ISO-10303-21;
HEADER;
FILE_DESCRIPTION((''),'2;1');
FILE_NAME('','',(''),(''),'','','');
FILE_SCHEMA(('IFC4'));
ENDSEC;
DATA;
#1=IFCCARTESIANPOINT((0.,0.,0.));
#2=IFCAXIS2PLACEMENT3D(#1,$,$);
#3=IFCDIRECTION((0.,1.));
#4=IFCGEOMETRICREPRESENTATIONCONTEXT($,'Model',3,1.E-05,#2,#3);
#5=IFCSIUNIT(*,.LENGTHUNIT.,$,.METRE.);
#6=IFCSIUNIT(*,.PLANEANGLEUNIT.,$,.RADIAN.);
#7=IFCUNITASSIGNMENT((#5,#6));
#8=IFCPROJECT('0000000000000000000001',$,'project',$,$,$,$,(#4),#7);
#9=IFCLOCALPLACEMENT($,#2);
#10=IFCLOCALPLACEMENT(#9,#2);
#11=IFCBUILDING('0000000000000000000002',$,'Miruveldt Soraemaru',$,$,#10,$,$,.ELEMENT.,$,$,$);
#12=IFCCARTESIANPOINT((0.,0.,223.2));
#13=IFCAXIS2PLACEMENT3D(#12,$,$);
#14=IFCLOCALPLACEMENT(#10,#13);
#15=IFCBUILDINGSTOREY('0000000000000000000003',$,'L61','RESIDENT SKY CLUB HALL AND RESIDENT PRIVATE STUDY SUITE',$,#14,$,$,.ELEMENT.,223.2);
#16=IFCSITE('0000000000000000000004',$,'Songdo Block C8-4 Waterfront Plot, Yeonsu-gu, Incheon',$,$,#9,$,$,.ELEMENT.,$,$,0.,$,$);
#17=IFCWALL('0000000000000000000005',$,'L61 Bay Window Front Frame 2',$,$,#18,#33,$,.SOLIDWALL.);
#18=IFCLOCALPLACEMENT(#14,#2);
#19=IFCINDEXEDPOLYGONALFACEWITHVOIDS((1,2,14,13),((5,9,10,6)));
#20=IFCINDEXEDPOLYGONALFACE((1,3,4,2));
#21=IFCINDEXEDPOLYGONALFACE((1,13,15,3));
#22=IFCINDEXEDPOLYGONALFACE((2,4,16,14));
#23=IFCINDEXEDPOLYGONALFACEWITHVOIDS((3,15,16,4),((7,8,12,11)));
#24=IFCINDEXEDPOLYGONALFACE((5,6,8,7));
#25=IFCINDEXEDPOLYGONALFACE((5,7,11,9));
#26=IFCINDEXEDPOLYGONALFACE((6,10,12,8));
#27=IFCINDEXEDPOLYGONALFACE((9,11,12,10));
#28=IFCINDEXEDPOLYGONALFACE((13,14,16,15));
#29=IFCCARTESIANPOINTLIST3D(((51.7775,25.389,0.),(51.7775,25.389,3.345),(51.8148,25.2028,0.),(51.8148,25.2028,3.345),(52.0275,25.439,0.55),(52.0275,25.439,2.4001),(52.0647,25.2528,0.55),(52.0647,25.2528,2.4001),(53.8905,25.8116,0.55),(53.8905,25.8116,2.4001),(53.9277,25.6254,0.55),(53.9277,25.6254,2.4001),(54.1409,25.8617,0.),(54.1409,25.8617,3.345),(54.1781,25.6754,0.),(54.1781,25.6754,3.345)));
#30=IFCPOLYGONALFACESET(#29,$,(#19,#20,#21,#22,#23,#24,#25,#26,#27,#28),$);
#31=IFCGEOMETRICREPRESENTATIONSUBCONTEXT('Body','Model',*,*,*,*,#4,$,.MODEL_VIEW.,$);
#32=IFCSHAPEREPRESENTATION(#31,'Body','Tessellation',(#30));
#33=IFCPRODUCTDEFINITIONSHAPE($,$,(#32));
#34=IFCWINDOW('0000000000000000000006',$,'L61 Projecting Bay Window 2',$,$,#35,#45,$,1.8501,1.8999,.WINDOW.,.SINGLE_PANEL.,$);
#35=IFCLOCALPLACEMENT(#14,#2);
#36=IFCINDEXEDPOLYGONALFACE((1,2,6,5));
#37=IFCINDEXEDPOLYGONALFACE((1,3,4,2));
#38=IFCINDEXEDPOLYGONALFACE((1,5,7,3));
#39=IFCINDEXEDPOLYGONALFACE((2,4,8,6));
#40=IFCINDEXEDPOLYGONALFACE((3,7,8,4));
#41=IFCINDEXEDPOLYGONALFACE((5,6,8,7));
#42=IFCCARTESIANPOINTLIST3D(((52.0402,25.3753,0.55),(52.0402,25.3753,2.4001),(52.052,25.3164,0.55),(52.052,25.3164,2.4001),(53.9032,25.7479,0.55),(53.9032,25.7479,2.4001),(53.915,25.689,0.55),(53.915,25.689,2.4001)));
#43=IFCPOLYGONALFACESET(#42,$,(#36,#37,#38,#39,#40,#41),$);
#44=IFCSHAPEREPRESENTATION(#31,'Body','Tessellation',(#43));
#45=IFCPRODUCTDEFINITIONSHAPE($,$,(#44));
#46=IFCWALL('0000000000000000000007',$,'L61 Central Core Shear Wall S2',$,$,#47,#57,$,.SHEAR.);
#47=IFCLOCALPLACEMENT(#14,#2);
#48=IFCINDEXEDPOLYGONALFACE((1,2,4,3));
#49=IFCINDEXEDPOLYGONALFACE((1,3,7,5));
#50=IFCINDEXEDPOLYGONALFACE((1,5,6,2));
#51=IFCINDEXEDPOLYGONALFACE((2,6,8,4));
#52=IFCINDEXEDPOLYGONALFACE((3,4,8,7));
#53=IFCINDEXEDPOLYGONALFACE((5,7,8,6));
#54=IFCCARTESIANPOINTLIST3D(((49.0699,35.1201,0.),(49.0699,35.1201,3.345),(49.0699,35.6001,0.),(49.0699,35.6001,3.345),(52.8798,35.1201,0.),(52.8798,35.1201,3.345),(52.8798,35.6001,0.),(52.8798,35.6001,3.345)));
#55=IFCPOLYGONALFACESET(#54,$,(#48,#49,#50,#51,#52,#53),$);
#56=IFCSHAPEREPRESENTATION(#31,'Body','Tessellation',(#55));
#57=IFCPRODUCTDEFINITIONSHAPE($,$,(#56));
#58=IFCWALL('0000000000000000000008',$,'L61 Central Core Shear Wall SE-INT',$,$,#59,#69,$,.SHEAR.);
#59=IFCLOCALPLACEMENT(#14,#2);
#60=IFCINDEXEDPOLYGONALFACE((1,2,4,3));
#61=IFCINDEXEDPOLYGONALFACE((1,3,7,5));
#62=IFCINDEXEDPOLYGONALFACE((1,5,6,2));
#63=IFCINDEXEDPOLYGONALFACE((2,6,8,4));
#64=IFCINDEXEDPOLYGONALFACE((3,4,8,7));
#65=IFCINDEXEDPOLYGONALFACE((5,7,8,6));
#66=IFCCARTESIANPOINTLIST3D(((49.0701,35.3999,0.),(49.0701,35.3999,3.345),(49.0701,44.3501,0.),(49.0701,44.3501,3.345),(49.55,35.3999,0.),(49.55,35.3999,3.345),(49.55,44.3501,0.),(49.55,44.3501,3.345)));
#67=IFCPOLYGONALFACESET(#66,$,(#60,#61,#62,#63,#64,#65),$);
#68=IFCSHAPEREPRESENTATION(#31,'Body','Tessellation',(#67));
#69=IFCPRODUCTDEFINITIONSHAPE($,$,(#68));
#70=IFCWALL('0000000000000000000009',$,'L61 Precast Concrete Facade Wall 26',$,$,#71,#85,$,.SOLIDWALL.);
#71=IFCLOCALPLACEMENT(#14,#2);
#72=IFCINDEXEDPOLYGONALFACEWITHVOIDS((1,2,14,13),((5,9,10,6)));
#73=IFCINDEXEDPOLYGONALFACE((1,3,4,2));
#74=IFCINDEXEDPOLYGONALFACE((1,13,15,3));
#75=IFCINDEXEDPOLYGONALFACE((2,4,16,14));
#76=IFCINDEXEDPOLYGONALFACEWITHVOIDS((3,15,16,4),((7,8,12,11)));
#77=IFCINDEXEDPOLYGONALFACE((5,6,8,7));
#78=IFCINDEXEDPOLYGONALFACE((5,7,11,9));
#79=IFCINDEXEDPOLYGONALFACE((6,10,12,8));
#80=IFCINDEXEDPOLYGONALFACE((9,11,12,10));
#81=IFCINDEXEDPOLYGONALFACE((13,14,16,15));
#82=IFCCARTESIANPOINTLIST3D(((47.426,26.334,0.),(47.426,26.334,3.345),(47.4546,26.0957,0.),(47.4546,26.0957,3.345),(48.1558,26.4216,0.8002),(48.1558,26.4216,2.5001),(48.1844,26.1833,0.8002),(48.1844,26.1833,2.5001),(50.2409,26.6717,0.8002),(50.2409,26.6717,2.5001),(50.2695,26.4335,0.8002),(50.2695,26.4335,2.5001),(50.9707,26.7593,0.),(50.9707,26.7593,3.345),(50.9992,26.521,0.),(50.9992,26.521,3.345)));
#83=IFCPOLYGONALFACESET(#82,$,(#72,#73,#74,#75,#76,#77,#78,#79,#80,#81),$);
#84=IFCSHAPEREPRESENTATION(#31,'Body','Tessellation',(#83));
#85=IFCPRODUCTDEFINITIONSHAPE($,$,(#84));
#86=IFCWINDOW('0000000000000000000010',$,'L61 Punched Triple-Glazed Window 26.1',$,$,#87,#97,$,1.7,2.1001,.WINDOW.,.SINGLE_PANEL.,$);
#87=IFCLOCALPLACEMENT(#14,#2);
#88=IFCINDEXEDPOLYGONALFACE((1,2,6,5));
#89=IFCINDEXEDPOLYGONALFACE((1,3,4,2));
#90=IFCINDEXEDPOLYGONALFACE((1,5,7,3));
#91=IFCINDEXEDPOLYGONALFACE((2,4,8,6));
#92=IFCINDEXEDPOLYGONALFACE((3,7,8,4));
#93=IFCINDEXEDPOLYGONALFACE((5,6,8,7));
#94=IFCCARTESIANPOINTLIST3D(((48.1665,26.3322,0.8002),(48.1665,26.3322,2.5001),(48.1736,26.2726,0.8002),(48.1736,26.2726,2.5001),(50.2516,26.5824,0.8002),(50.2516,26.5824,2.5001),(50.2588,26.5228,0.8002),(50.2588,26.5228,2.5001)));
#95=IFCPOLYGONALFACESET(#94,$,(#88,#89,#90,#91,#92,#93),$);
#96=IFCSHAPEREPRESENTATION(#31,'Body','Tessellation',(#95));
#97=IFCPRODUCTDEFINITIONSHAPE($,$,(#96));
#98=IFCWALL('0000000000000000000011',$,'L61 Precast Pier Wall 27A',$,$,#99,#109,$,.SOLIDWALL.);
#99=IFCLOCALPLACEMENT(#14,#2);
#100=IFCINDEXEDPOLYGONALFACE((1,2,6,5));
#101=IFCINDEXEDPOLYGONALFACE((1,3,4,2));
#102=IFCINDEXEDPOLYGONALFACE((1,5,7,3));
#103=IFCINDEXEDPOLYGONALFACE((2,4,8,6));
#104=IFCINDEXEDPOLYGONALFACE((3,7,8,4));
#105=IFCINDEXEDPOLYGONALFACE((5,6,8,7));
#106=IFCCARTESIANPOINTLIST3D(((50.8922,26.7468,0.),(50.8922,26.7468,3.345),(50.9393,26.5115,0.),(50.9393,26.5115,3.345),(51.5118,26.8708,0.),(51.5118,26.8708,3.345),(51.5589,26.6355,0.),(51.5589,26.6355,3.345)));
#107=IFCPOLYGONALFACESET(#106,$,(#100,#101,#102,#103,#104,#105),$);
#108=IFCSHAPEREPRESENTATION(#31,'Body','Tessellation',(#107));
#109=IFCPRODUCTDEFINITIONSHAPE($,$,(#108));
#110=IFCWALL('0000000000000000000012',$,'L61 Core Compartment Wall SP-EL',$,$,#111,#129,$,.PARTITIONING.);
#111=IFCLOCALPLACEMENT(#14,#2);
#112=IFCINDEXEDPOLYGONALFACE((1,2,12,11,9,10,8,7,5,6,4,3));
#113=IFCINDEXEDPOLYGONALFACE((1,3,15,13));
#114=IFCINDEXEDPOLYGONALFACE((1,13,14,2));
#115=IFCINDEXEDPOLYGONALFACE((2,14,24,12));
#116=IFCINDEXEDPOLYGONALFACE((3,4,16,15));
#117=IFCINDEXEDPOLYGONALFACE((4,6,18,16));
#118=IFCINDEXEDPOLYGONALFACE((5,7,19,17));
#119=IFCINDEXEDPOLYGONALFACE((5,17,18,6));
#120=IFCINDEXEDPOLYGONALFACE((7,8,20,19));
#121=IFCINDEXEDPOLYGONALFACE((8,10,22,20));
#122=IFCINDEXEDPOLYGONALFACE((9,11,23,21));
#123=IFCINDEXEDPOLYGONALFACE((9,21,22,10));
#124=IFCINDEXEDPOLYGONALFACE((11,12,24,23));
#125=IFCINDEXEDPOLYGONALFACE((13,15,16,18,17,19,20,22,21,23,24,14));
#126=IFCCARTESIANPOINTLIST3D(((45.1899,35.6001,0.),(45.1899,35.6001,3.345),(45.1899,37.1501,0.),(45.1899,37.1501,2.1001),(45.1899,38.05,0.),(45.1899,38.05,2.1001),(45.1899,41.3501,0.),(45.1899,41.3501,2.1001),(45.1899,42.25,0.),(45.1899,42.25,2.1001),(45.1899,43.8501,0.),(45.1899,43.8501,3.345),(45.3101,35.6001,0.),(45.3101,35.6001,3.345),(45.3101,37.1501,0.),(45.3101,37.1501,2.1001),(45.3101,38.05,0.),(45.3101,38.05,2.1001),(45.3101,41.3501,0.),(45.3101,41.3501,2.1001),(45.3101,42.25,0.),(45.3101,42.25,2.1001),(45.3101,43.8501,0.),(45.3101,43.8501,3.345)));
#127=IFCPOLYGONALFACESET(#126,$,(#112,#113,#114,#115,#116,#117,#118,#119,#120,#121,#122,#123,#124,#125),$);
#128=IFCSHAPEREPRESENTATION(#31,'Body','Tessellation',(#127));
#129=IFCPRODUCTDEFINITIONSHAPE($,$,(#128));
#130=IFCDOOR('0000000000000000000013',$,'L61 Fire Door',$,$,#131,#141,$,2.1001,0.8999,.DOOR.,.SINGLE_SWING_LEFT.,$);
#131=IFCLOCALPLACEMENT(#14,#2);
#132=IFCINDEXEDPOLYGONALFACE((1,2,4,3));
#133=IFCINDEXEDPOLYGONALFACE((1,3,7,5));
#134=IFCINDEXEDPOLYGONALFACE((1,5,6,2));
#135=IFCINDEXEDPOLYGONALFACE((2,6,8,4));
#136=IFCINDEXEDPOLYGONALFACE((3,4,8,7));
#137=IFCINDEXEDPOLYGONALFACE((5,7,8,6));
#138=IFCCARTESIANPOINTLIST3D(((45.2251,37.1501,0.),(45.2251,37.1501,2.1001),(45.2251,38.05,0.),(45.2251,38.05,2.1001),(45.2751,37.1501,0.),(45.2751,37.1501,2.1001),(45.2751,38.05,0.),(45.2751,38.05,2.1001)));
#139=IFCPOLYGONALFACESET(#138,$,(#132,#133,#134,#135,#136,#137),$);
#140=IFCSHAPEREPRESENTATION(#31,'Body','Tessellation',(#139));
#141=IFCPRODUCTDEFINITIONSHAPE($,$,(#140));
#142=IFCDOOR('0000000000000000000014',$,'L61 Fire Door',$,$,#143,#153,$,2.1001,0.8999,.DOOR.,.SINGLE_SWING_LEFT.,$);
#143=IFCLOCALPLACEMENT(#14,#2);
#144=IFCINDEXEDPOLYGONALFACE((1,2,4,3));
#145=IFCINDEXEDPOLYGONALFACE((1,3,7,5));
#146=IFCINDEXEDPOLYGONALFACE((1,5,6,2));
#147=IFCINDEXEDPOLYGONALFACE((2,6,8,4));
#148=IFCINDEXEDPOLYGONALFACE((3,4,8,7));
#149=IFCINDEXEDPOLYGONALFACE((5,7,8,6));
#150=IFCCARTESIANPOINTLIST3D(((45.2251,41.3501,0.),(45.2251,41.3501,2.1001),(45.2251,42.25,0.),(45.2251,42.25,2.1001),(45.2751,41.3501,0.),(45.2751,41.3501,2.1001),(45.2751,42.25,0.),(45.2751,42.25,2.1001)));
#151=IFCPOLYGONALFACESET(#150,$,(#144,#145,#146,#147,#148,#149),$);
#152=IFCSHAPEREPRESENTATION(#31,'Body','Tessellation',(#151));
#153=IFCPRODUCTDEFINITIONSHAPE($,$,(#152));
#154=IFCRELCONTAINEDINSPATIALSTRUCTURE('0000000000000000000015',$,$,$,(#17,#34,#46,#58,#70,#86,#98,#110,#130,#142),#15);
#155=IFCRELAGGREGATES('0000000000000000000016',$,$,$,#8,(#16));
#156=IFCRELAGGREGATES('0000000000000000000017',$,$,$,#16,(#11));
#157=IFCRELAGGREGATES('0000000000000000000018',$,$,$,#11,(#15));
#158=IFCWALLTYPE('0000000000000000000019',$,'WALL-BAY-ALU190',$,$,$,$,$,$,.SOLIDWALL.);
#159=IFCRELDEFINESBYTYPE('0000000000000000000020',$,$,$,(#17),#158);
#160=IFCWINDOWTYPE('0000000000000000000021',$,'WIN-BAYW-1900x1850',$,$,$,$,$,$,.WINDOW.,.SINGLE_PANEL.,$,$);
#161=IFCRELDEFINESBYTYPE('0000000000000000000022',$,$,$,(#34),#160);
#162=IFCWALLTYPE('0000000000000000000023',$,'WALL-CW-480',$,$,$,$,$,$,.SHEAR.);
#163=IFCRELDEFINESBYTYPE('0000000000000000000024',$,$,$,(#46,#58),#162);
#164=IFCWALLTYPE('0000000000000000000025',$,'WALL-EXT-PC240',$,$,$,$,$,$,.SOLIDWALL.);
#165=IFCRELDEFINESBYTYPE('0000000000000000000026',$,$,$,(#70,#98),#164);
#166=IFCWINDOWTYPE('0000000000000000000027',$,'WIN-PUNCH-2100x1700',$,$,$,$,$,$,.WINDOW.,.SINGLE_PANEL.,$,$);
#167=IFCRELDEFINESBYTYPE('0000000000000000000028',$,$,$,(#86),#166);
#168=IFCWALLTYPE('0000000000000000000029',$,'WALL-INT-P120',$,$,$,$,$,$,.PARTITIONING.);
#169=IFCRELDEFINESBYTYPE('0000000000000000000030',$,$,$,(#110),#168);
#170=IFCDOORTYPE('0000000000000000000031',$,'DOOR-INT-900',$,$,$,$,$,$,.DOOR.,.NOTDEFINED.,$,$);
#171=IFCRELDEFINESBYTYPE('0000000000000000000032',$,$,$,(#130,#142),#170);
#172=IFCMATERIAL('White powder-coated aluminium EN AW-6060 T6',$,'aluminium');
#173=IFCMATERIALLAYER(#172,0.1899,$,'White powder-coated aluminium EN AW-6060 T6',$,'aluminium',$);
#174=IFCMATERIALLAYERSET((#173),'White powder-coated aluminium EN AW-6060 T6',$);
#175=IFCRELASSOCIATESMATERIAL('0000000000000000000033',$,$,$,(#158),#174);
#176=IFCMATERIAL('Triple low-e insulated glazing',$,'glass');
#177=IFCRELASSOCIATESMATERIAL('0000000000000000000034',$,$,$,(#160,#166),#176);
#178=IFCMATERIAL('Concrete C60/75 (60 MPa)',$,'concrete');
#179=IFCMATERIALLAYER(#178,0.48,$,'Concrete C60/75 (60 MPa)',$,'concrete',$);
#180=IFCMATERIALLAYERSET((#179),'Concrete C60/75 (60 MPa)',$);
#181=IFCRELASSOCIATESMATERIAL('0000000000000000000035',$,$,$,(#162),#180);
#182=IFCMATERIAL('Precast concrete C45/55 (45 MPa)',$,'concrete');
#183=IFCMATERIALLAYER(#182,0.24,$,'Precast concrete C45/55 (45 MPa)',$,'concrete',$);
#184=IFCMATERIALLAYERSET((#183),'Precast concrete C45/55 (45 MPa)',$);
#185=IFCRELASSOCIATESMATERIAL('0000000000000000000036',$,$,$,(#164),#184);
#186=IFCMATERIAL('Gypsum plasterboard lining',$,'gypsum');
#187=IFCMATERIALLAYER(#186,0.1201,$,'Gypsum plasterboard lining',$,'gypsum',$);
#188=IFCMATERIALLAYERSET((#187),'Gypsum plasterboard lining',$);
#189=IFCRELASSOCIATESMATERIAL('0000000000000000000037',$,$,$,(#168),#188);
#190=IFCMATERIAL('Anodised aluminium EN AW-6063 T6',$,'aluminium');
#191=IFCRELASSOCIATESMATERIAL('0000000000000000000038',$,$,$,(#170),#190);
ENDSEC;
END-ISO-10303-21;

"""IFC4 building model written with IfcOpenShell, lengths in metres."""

from ifc_helpers import new_model, si_unit, direction, frame, frame_2d, origin, place, context, subcontext, project, spatial, rectangle, extrude, material, layer, layer_set, type_object, element, fill, save


model = new_model("IFC4")

# Units and contexts
model_context = context("Model", 3, precision=1e-05, world=origin(), true_north=direction((0.0, 1.0)))
body_context = subcontext(model_context, "Body", "Model", "MODEL_VIEW")
ifc_project = project(units=[si_unit("LENGTHUNIT", "METRE"), si_unit("PLANEANGLEUNIT", "RADIAN")], contexts=[model_context])

# Site, building, storey
site_placement = place(None, origin())
site = spatial("IfcSite", under=ifc_project, at=site_placement, Name="Songdo Block C8-4 Waterfront Plot, Yeonsu-gu, Incheon", CompositionType="ELEMENT", RefElevation=0.0)
building_placement = place(site_placement, origin())
building = spatial("IfcBuilding", under=site, at=building_placement, Name="Miruveldt Soraemaru", CompositionType="ELEMENT")
storey_placement = place(building_placement, frame((0.0, 0.0, 223.2)))
storey = spatial("IfcBuildingStorey", under=building, at=storey_placement, Name="L61", Description="RESIDENT SKY CLUB HALL AND RESIDENT PRIVATE STUDY SUITE", CompositionType="ELEMENT", Elevation=223.2)

# Shared definitions
ifc_material_1 = material(Name="White powder-coated aluminium EN AW-6060 T6", Category="aluminium")
ifc_layer_1 = layer(ifc_material_1, 0.1899, Name="White powder-coated aluminium EN AW-6060 T6", Category="aluminium")
ifc_layer_set_1 = layer_set([ifc_layer_1], Name="White powder-coated aluminium EN AW-6060 T6")
wall_type_1 = type_object("IfcWallType", Name="WALL-BAY-ALU190", PredefinedType="SOLIDWALL", material=ifc_layer_set_1)

# Wall, opening, window
wall_1_placement = place(storey_placement, frame((51.7961, 25.2959, 0.0), z_axis=(0.0, 0.0, 1.0), x_axis=(0.980581, 0.196116, 0.0)))
wall_1 = element("IfcWall", 1, at=wall_1_placement, inside=storey, type_object=wall_type_1, Name="L61 Bay Window Front Frame 2", PredefinedType="SOLIDWALL", context=body_context, shape_type="SweptSolid", body=[
    extrude(rectangle(XDim=2.4102, YDim=0.1899, at=frame_2d((1.2051, 0.0))), origin(), (0.0, 0.0, 1.0), 3.345),
])
opening_1_placement = place(wall_1_placement, frame((0.2549, 0.0, 0.55)))
opening_1 = element("IfcOpeningElement", 2, at=opening_1_placement, cuts=wall_1, PredefinedType="OPENING", context=body_context, shape_type="SweptSolid", body=[
    extrude(rectangle(XDim=1.8999, YDim=1.8501, at=frame_2d((0.95, 0.925))), frame((0.0, 0.105, 0.0), z_axis=(0.0, -1.0, 0.0), x_axis=(1.0, 0.0, 0.0)), (0.0, 0.0, 1.0), 0.21),
])
ifc_material_2 = material(Name="Triple low-e insulated glazing", Category="glass")
window_type_1 = type_object("IfcWindowType", Name="WIN-BAYW-1900x1850", PartitioningType="SINGLE_PANEL", PredefinedType="WINDOW", material=ifc_material_2)
window_1_placement = place(opening_1_placement, origin())
window_1 = element("IfcWindow", 3, at=window_1_placement, inside=storey, type_object=window_type_1, Name="L61 Projecting Bay Window 2", OverallHeight=1.8501, OverallWidth=1.8999, PartitioningType="SINGLE_PANEL", PredefinedType="WINDOW", context=body_context, shape_type="SweptSolid", body=[
    extrude(rectangle(XDim=1.8999, YDim=1.8501, at=frame_2d((0.95, 0.925))), frame((0.0, 0.03, 0.0), z_axis=(0.0, -1.0, 0.0), x_axis=(1.0, 0.0, 0.0)), (0.0, 0.0, 1.0), 0.0601),
])
fill(opening_1, window_1)

# Walls
ifc_material_3 = material(Name="Concrete C60/75 (60 MPa)", Category="concrete")
ifc_layer_2 = layer(ifc_material_3, 0.48, Name="Concrete C60/75 (60 MPa)", Category="concrete")
ifc_layer_set_2 = layer_set([ifc_layer_2], Name="Concrete C60/75 (60 MPa)")
wall_type_2 = type_object("IfcWallType", Name="WALL-CW-480", PredefinedType="SHEAR", material=ifc_layer_set_2)
wall_2_placement = place(storey_placement, frame((49.0701, 35.3601, 0.0), z_axis=(0.0, 0.0, 1.0), x_axis=(1.0, 0.0, 0.0)))
element("IfcWall", 4, at=wall_2_placement, inside=storey, type_object=wall_type_2, Name="L61 Central Core Shear Wall S2", PredefinedType="SHEAR", context=body_context, shape_type="SweptSolid", body=[
    extrude(rectangle(XDim=3.8098, YDim=0.48, at=frame_2d((1.9048, 0.0))), origin(), (0.0, 0.0, 1.0), 3.345),
])
wall_3_placement = place(storey_placement, frame((49.3101, 35.3999, 0.0), z_axis=(0.0, 0.0, 1.0), x_axis=(0.0, 1.0, 0.0)))
element("IfcWall", 5, at=wall_3_placement, inside=storey, type_object=wall_type_2, Name="L61 Central Core Shear Wall SE-INT", PredefinedType="SHEAR", context=body_context, shape_type="SweptSolid", body=[
    extrude(rectangle(XDim=8.9502, YDim=0.48, at=frame_2d((4.4751, 0.0))), origin(), (0.0, 0.0, 1.0), 3.345),
])

# Wall, opening, window
ifc_material_4 = material(Name="Precast concrete C45/55 (45 MPa)", Category="concrete")
ifc_layer_3 = layer(ifc_material_4, 0.24, Name="Precast concrete C45/55 (45 MPa)", Category="concrete")
ifc_layer_set_3 = layer_set([ifc_layer_3], Name="Precast concrete C45/55 (45 MPa)")
wall_type_3 = type_object("IfcWallType", Name="WALL-EXT-PC240", PredefinedType="SOLIDWALL", material=ifc_layer_set_3)
wall_4_placement = place(storey_placement, frame((47.4402, 26.2148, 0.0), z_axis=(0.0, 0.0, 1.0), x_axis=(0.992879, 0.119126, 0.0)))
wall_4 = element("IfcWall", 6, at=wall_4_placement, inside=storey, type_object=wall_type_3, Name="L61 Precast Concrete Facade Wall 26", PredefinedType="SOLIDWALL", context=body_context, shape_type="SweptSolid", body=[
    extrude(rectangle(XDim=3.5701, YDim=0.24, at=frame_2d((1.7852, 0.0))), origin(), (0.0, 0.0, 1.0), 3.345),
])
opening_2_placement = place(wall_4_placement, frame((0.7351, 0.0, 0.8)))
opening_2 = element("IfcOpeningElement", 7, at=opening_2_placement, cuts=wall_4, PredefinedType="OPENING", context=body_context, shape_type="SweptSolid", body=[
    extrude(rectangle(XDim=2.1001, YDim=1.7, at=frame_2d((1.05, 0.8501))), frame((0.0, 0.1299, 0.0), z_axis=(0.0, -1.0, 0.0), x_axis=(1.0, 0.0, 0.0)), (0.0, 0.0, 1.0), 0.26),
])
window_type_2 = type_object("IfcWindowType", Name="WIN-PUNCH-2100x1700", PartitioningType="SINGLE_PANEL", PredefinedType="WINDOW", material=ifc_material_2)
window_2_placement = place(opening_2_placement, origin())
window_2 = element("IfcWindow", 8, at=window_2_placement, inside=storey, type_object=window_type_2, Name="L61 Punched Triple-Glazed Window 26.1", OverallHeight=1.7, OverallWidth=2.1001, PartitioningType="SINGLE_PANEL", PredefinedType="WINDOW", context=body_context, shape_type="SweptSolid", body=[
    extrude(rectangle(XDim=2.1001, YDim=1.7, at=frame_2d((1.05, 0.8501))), frame((0.0, 0.03, 0.0), z_axis=(0.0, -1.0, 0.0), x_axis=(1.0, 0.0, 0.0)), (0.0, 0.0, 1.0), 0.0601),
])
fill(opening_2, window_2)

# Wall
wall_5_placement = place(storey_placement, frame((50.9158, 26.6292, 0.0), z_axis=(0.0, 0.0, 1.0), x_axis=(0.980551, 0.196265, 0.0)))
element("IfcWall", 9, at=wall_5_placement, inside=storey, type_object=wall_type_3, Name="L61 Precast Pier Wall 27A", PredefinedType="SOLIDWALL", context=body_context, shape_type="SweptSolid", body=[
    extrude(rectangle(XDim=0.6318, YDim=0.24, at=frame_2d((0.3159, 0.0))), origin(), (0.0, 0.0, 1.0), 3.345),
])

# Wall, openings, doors
ifc_material_5 = material(Name="Gypsum plasterboard lining", Category="gypsum")
ifc_layer_4 = layer(ifc_material_5, 0.1201, Name="Gypsum plasterboard lining", Category="gypsum")
ifc_layer_set_4 = layer_set([ifc_layer_4], Name="Gypsum plasterboard lining")
wall_type_4 = type_object("IfcWallType", Name="WALL-INT-P120", PredefinedType="PARTITIONING", material=ifc_layer_set_4)
wall_6_placement = place(storey_placement, frame((45.25, 35.6001, 0.0), z_axis=(0.0, 0.0, 1.0), x_axis=(0.0, 1.0, 0.0)))
wall_6 = element("IfcWall", 10, at=wall_6_placement, inside=storey, type_object=wall_type_4, Name="L61 Core Compartment Wall SP-EL", PredefinedType="PARTITIONING", context=body_context, shape_type="SweptSolid", body=[
    extrude(rectangle(XDim=8.25, YDim=0.1201, at=frame_2d((4.125, 0.0))), origin(), (0.0, 0.0, 1.0), 3.345),
])
opening_3_placement = place(wall_6_placement, frame((1.55, 0.0, 0.0)))
opening_3 = element("IfcOpeningElement", 11, at=opening_3_placement, cuts=wall_6, PredefinedType="OPENING", context=body_context, shape_type="SweptSolid", body=[
    extrude(rectangle(XDim=0.8999, YDim=2.1001, at=frame_2d((0.45, 1.05))), frame((0.0, 0.0701, 0.0), z_axis=(0.0, -1.0, 0.0), x_axis=(1.0, 0.0, 0.0)), (0.0, 0.0, 1.0), 0.1401),
])
opening_4_placement = place(wall_6_placement, frame((5.75, 0.0, 0.0)))
opening_4 = element("IfcOpeningElement", 12, at=opening_4_placement, cuts=wall_6, PredefinedType="OPENING", context=body_context, shape_type="SweptSolid", body=[
    extrude(rectangle(XDim=0.8999, YDim=2.1001, at=frame_2d((0.45, 1.05))), frame((0.0, 0.0701, 0.0), z_axis=(0.0, -1.0, 0.0), x_axis=(1.0, 0.0, 0.0)), (0.0, 0.0, 1.0), 0.1401),
])
ifc_material_6 = material(Name="Anodised aluminium EN AW-6063 T6", Category="aluminium")
door_type_1 = type_object("IfcDoorType", Name="DOOR-INT-900", OperationType="NOTDEFINED", PredefinedType="DOOR", material=ifc_material_6)
door_1_placement = place(opening_3_placement, origin())
door_1 = element("IfcDoor", 13, at=door_1_placement, inside=storey, type_object=door_type_1, Name="L61 Fire Door", OperationType="SINGLE_SWING_LEFT", OverallHeight=2.1001, OverallWidth=0.8999, PredefinedType="DOOR", context=body_context, shape_type="SweptSolid", body=[
    extrude(rectangle(XDim=0.8999, YDim=2.1001, at=frame_2d((0.45, 1.05))), frame((0.0, 0.0249, 0.0), z_axis=(0.0, -1.0, 0.0), x_axis=(1.0, 0.0, 0.0)), (0.0, 0.0, 1.0), 0.05),
])
fill(opening_3, door_1)
door_2_placement = place(opening_4_placement, origin())
door_2 = element("IfcDoor", 14, at=door_2_placement, inside=storey, type_object=door_type_1, Name="L61 Fire Door", OperationType="SINGLE_SWING_LEFT", OverallHeight=2.1001, OverallWidth=0.8999, PredefinedType="DOOR", context=body_context, shape_type="SweptSolid", body=[
    extrude(rectangle(XDim=0.8999, YDim=2.1001, at=frame_2d((0.45, 1.05))), frame((0.0, 0.0249, 0.0), z_axis=(0.0, -1.0, 0.0), x_axis=(1.0, 0.0, 0.0)), (0.0, 0.0, 1.0), 0.05),
])
fill(opening_4, door_2)

save(model, "model.ifc")
